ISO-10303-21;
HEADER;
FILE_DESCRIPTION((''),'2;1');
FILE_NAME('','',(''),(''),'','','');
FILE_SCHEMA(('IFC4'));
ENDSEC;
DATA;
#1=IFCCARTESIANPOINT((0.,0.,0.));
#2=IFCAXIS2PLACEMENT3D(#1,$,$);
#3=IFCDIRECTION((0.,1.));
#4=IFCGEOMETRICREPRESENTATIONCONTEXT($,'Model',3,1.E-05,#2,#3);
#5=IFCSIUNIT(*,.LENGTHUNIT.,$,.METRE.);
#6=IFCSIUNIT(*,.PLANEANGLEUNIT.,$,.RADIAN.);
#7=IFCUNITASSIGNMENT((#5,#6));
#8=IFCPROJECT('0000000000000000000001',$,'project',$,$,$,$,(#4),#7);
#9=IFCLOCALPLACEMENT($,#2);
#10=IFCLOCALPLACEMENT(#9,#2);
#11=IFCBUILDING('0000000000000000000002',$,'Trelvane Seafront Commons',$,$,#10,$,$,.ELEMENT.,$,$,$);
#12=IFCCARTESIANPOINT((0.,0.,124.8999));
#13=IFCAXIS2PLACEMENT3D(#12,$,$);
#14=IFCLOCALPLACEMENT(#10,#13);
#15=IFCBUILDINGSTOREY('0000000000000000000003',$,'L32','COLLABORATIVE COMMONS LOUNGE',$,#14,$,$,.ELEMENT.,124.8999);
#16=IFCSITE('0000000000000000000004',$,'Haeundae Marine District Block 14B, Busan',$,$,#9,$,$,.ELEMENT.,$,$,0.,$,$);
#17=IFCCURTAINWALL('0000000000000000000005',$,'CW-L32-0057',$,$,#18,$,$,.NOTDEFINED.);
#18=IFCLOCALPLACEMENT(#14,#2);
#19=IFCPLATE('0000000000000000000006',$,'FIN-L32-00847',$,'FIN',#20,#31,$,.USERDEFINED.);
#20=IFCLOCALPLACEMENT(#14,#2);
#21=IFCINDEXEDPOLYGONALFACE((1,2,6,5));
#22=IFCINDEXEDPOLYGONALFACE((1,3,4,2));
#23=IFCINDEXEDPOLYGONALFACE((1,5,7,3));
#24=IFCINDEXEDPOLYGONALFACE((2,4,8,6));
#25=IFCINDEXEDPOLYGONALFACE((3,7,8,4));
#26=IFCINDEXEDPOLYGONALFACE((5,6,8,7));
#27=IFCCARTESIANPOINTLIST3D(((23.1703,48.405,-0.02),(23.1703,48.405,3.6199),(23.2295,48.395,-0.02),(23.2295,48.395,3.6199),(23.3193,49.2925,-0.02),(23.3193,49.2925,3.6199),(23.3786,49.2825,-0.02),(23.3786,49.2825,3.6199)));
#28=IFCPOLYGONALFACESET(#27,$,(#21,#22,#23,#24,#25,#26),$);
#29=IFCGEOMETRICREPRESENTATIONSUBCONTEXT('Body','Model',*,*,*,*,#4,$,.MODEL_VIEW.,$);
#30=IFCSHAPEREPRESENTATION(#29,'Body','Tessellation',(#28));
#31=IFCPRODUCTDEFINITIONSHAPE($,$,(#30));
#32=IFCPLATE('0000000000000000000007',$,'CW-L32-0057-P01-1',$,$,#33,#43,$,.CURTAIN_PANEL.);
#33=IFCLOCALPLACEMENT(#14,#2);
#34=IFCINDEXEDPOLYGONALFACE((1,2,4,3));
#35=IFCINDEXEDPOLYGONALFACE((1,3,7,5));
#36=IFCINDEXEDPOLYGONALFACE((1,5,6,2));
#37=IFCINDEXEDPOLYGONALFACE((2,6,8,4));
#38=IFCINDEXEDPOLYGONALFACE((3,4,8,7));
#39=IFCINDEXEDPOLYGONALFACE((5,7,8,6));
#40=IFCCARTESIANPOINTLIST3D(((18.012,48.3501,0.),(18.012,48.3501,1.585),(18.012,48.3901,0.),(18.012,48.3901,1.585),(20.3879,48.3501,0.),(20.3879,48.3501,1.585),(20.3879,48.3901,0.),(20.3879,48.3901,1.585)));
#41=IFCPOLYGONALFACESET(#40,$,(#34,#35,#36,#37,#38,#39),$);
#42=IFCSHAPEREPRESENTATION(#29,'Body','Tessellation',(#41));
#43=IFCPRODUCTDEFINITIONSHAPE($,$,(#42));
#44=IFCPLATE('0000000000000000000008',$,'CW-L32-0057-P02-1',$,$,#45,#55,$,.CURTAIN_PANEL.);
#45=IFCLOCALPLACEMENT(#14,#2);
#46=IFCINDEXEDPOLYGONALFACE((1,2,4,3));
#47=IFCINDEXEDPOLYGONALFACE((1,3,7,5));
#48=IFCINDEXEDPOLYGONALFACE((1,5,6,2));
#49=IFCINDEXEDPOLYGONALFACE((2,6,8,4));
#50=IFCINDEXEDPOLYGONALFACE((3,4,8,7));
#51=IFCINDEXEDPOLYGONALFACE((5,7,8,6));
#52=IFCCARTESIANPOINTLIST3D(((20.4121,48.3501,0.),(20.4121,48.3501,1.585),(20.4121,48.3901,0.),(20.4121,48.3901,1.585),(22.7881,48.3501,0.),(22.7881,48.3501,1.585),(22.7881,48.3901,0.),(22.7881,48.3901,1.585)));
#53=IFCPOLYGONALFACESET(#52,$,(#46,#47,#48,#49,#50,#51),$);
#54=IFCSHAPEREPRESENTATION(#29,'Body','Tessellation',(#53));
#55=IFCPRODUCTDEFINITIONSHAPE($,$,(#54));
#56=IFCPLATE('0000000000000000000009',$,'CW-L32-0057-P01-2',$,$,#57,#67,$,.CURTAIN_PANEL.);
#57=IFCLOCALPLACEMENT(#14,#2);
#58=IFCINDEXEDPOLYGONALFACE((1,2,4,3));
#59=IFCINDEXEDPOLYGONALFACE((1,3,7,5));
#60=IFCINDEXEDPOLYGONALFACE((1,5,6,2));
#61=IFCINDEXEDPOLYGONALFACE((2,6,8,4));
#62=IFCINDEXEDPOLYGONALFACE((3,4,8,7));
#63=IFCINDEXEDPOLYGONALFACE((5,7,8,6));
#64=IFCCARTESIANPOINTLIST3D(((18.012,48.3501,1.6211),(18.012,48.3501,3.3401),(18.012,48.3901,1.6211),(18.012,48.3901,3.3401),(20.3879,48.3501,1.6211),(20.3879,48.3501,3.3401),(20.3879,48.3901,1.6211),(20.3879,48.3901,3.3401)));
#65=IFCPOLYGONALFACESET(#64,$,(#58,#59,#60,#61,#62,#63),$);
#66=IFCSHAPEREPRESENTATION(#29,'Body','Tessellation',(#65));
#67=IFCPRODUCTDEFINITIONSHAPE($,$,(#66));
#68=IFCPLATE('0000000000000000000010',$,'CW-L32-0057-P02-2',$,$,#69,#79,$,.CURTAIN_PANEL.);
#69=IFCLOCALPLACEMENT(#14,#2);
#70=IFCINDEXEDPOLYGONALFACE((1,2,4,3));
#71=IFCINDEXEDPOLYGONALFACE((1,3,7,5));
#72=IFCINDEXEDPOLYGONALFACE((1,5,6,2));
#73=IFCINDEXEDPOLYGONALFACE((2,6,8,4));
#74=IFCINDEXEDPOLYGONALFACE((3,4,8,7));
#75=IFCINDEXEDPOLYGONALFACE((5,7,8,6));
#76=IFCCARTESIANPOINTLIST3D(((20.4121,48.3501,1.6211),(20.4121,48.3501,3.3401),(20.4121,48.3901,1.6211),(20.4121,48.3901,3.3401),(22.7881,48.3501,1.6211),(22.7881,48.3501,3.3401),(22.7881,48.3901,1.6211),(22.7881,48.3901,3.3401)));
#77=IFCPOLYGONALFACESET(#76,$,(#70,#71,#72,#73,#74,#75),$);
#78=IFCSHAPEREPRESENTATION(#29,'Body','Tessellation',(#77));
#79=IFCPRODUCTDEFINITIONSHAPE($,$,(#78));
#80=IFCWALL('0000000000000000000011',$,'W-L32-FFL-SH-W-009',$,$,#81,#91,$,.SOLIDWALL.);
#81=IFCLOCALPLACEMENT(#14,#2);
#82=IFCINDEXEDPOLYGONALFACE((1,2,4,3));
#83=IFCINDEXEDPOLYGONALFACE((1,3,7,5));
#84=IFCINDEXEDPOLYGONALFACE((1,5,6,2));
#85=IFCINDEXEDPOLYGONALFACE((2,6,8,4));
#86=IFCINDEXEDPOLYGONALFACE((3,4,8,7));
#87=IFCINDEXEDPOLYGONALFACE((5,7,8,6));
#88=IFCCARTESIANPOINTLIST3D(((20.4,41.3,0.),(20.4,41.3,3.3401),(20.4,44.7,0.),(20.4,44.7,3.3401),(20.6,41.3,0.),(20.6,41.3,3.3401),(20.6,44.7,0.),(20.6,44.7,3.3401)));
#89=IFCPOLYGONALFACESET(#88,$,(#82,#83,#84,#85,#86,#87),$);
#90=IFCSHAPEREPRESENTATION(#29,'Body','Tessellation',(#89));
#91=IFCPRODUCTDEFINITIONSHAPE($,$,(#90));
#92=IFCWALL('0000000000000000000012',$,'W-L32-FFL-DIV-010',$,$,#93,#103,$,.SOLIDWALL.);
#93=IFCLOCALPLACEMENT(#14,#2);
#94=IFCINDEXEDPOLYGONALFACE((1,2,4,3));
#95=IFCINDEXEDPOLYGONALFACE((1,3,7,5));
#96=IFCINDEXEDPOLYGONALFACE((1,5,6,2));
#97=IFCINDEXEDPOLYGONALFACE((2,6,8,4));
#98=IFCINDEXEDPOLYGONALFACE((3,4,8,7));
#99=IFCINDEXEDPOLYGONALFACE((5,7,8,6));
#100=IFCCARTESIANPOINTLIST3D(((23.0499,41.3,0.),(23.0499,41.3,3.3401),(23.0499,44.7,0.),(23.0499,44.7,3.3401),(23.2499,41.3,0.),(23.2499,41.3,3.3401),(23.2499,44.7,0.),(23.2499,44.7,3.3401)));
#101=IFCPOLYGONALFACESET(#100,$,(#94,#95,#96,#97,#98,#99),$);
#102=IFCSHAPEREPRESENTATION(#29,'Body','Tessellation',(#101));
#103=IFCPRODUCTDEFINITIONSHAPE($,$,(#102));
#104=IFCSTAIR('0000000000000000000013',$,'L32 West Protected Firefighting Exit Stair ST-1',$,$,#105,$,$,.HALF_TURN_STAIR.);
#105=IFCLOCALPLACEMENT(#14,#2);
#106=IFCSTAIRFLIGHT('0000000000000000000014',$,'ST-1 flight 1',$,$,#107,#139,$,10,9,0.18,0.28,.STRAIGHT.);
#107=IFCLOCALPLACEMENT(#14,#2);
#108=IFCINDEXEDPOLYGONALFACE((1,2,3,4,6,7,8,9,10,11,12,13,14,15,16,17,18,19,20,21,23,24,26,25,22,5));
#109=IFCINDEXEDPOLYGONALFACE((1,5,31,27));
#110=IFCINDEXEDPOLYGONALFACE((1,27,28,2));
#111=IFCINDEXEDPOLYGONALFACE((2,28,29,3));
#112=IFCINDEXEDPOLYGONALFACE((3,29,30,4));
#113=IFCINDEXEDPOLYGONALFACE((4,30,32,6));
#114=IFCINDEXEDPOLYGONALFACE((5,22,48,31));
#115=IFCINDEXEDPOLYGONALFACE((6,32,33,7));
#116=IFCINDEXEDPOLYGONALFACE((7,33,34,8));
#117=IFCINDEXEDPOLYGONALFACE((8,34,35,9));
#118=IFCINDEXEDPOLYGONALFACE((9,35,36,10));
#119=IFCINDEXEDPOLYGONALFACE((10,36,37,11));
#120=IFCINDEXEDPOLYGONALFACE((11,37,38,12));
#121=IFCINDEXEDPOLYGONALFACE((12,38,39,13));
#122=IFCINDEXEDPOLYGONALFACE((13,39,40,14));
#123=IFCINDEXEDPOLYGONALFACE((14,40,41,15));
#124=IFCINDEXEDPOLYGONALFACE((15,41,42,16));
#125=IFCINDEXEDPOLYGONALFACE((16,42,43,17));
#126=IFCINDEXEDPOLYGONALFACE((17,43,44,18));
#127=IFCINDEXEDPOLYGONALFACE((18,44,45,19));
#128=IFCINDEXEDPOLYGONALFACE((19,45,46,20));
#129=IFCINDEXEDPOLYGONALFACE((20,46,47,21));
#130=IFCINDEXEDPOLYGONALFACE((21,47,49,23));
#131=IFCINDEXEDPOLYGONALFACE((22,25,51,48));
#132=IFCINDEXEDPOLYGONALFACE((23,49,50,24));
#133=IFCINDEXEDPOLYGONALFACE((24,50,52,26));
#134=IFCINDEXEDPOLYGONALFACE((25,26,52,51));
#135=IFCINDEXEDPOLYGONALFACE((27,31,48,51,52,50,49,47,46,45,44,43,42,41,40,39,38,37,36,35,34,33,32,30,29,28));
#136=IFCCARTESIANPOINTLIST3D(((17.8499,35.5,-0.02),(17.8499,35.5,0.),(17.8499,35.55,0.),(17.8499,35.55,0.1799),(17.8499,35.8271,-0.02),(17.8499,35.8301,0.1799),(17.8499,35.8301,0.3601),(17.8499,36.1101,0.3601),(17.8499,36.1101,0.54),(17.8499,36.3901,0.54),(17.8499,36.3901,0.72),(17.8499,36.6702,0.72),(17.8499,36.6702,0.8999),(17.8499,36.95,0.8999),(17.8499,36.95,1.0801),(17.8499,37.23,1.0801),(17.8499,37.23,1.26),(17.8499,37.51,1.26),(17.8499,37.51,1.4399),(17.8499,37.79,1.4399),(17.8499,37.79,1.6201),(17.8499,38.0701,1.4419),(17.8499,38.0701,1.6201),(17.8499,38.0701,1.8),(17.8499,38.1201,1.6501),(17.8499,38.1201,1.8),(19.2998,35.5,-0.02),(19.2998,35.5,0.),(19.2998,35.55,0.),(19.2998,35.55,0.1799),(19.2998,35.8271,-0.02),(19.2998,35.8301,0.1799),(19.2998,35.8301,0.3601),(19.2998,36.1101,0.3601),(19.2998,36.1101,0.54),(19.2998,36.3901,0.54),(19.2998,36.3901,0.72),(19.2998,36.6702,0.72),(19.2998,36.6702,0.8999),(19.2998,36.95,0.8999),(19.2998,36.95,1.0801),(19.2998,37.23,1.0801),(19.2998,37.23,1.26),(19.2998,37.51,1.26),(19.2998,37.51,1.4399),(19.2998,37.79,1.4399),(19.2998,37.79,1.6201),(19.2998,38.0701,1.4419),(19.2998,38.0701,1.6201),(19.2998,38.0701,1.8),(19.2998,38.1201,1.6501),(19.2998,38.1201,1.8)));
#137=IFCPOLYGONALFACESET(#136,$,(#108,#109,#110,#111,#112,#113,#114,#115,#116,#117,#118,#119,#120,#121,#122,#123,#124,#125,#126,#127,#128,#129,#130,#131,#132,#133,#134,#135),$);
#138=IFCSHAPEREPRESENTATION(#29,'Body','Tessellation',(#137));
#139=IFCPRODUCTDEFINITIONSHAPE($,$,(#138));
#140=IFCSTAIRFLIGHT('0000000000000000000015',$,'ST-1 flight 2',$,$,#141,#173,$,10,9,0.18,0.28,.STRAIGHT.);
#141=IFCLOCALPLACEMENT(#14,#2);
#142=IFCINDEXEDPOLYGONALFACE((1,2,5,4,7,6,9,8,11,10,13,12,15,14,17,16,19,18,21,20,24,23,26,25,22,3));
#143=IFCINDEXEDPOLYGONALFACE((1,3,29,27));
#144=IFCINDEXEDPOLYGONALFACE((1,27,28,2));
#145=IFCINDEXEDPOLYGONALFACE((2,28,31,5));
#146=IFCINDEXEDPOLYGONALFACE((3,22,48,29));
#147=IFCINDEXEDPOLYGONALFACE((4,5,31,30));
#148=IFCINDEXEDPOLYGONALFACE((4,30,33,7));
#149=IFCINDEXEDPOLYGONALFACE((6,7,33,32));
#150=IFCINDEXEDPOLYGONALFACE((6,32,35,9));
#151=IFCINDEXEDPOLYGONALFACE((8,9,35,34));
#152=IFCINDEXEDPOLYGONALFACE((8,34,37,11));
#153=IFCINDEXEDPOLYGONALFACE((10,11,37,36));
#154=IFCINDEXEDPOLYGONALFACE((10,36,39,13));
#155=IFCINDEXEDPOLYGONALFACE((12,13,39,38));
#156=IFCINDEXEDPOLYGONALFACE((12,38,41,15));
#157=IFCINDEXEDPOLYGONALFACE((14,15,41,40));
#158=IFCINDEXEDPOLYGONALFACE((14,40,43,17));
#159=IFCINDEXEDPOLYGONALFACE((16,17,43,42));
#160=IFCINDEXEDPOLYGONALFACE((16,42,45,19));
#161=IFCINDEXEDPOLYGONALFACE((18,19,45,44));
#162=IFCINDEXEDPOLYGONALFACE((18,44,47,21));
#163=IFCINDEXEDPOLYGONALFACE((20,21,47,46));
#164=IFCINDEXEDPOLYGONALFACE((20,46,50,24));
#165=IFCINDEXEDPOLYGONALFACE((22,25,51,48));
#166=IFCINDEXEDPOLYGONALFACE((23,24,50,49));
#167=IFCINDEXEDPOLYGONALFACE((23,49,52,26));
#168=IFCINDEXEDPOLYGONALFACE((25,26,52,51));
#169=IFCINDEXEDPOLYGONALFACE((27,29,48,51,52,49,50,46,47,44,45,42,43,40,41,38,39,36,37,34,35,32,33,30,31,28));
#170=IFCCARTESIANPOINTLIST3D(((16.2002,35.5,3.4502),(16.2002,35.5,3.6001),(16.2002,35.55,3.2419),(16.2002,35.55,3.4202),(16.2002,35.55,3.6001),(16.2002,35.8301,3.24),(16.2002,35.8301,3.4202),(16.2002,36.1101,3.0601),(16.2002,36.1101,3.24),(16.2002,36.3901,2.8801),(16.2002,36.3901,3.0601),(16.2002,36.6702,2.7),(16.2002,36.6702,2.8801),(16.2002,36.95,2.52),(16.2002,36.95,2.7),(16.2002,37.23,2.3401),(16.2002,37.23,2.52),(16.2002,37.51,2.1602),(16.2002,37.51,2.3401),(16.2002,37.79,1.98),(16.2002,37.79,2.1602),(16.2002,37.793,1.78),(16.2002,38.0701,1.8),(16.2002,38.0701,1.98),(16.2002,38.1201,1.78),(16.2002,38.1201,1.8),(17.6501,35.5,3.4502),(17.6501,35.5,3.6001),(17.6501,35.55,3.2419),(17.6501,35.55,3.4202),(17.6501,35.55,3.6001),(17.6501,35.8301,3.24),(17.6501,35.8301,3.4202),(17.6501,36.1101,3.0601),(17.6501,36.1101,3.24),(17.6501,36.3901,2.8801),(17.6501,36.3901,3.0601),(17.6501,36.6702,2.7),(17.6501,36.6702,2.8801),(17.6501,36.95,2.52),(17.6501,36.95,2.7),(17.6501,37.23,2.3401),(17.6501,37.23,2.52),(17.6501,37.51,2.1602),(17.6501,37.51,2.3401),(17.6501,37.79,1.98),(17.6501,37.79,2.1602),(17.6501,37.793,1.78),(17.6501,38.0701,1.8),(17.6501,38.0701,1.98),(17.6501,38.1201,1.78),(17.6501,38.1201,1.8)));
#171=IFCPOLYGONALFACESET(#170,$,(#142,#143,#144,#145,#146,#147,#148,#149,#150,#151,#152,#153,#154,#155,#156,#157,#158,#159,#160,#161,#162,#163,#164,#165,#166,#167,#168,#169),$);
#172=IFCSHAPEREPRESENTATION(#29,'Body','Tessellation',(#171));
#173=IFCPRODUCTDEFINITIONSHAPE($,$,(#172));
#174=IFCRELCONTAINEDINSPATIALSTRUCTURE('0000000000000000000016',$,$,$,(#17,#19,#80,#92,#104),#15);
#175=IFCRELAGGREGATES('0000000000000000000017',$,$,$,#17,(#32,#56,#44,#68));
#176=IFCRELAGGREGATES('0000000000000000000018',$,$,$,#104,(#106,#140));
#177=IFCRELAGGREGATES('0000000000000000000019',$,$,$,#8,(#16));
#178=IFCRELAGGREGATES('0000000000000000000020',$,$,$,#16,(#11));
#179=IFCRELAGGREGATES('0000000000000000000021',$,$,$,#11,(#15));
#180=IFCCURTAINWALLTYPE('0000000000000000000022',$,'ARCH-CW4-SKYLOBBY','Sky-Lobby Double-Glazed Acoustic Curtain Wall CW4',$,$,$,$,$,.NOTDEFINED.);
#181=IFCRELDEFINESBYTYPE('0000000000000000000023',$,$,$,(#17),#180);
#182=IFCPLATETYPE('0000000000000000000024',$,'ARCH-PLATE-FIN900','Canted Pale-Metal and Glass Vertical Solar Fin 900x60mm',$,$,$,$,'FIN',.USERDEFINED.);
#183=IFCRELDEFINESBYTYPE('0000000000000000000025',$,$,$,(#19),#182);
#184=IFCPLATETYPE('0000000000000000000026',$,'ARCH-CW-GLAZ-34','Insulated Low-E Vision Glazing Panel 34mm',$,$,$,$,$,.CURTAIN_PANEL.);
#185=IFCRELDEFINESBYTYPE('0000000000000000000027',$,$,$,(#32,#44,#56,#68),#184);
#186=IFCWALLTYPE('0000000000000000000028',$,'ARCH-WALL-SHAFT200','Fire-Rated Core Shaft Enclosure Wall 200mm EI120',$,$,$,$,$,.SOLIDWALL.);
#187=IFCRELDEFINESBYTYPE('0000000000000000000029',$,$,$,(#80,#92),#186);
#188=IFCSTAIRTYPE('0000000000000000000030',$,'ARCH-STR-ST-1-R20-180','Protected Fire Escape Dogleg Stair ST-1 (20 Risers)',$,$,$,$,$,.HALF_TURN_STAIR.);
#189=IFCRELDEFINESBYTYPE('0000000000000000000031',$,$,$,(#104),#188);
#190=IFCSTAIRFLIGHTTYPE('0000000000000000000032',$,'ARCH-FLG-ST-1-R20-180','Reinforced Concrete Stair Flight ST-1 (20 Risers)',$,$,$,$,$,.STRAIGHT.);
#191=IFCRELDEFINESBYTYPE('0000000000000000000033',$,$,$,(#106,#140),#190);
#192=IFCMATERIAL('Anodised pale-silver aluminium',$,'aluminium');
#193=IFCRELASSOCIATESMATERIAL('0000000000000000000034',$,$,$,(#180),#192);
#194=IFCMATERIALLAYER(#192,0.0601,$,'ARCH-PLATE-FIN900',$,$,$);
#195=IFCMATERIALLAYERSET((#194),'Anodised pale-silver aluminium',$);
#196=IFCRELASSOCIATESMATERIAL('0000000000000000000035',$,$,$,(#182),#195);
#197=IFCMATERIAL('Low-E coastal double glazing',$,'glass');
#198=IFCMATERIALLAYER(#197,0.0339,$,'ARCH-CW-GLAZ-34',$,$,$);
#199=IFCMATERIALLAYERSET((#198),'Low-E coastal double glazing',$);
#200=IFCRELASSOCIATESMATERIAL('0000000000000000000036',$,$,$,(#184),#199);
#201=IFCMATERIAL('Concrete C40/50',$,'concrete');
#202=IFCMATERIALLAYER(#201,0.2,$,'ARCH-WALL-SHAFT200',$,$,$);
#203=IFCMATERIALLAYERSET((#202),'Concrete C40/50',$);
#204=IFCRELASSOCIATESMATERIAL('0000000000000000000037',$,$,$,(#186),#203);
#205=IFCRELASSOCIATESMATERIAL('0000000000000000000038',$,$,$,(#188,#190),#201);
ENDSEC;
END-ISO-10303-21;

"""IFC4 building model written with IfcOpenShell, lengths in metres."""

from ifc_helpers import new_model, si_unit, direction, frame, frame_2d, origin, origin_2d, place, context, subcontext, project, spatial, polyline, rectangle, outline, extrude, source, transform, mapped, material, layer, layer_set, type_object, element, aggregate, save


model = new_model("IFC4")

# Units and contexts
model_context = context("Model", 3, precision=1e-05, world=origin(), true_north=direction((0.0, 1.0)))
body_context = subcontext(model_context, "Body", "Model", "MODEL_VIEW")
ifc_project = project(units=[si_unit("LENGTHUNIT", "METRE"), si_unit("PLANEANGLEUNIT", "RADIAN")], contexts=[model_context])

# Site, building, storey
site_placement = place(None, origin())
site = spatial("IfcSite", under=ifc_project, at=site_placement, Name="Haeundae Marine District Block 14B, Busan", CompositionType="ELEMENT", RefElevation=0.0)
building_placement = place(site_placement, origin())
building = spatial("IfcBuilding", under=site, at=building_placement, Name="Trelvane Seafront Commons", CompositionType="ELEMENT")
storey_placement = place(building_placement, frame((0.0, 0.0, 124.8999)))
storey = spatial("IfcBuildingStorey", under=building, at=storey_placement, Name="L32", Description="COLLABORATIVE COMMONS LOUNGE", CompositionType="ELEMENT", Elevation=124.8999)

# Curtain wall
ifc_material_1 = material(Name="Anodised pale-silver aluminium", Category="aluminium")
curtain_wall_type = type_object("IfcCurtainWallType", Name="ARCH-CW4-SKYLOBBY", Description="Sky-Lobby Double-Glazed Acoustic Curtain Wall CW4", PredefinedType="NOTDEFINED", material=ifc_material_1)
curtain_wall_placement = place(storey_placement, origin())
curtain_wall = element("IfcCurtainWall", 1, at=curtain_wall_placement, inside=storey, type_object=curtain_wall_type, Name="CW-L32-0057", PredefinedType="NOTDEFINED")

# Plate
ifc_layer_1 = layer(ifc_material_1, 0.0601, Name="ARCH-PLATE-FIN900")
ifc_layer_set_1 = layer_set([ifc_layer_1], Name="Anodised pale-silver aluminium")
plate_type_1 = type_object("IfcPlateType", Name="ARCH-PLATE-FIN900", Description="Canted Pale-Metal and Glass Vertical Solar Fin 900x60mm", ElementType="FIN", PredefinedType="USERDEFINED", material=ifc_layer_set_1)
shared_shape_1 = source(origin(), body_context, "Body", "SweptSolid", [
    extrude(rectangle(XDim=0.8999, YDim=0.0601, at=origin_2d()), origin(), (0.0, 0.0, 1.0), 3.6399),
])
for number, where, z_axis, x_axis, name in (
    (2, (23.2744, 48.8438, -0.02), (0.0, 0.0, 1.0), (0.16566, 0.986183, 0.0), "FIN-L32-00847"),
):
    element("IfcPlate", number, at=place(storey_placement, frame(where, z_axis=z_axis, x_axis=x_axis)), inside=storey, type_object=plate_type_1, Name=name, ObjectType="FIN", PredefinedType="USERDEFINED", context=body_context, shape_type="MappedRepresentation", body=[
        mapped(shared_shape_1, transform((0.0, 0.0, 0.0), x_axis=(1.0, 0.0, 0.0), y_axis=(0.0, 1.0, 0.0), z_axis=(0.0, 0.0, 1.0), scale=1.0)),
    ])

# Plates
ifc_material_2 = material(Name="Low-E coastal double glazing", Category="glass")
ifc_layer_2 = layer(ifc_material_2, 0.0339, Name="ARCH-CW-GLAZ-34")
ifc_layer_set_2 = layer_set([ifc_layer_2], Name="Low-E coastal double glazing")
plate_type_2 = type_object("IfcPlateType", Name="ARCH-CW-GLAZ-34", Description="Insulated Low-E Vision Glazing Panel 34mm", PredefinedType="CURTAIN_PANEL", material=ifc_layer_set_2)
shared_shape_2 = source(origin(), body_context, "Body", "SweptSolid", [
    extrude(rectangle(XDim=2.376, YDim=0.04, at=origin_2d()), origin(), (0.0, 0.0, 1.0), 1.585),
])
plate_1_placement = place(storey_placement, frame((19.2, 48.3701, 0.0), z_axis=(0.0, 0.0, 1.0), x_axis=(1.0, 0.0, 0.0)))
plate_1 = element("IfcPlate", 3, at=plate_1_placement, type_object=plate_type_2, Name="CW-L32-0057-P01-1", PredefinedType="CURTAIN_PANEL", context=body_context, shape_type="MappedRepresentation", body=[
    mapped(shared_shape_2, transform((0.0, 0.0, 0.0), x_axis=(1.0, 0.0, 0.0), y_axis=(0.0, 1.0, 0.0), z_axis=(0.0, 0.0, 1.0), scale=1.0)),
])
plate_2_placement = place(storey_placement, frame((21.6001, 48.3701, 0.0), z_axis=(0.0, 0.0, 1.0), x_axis=(1.0, 0.0, 0.0)))
plate_2 = element("IfcPlate", 4, at=plate_2_placement, type_object=plate_type_2, Name="CW-L32-0057-P02-1", PredefinedType="CURTAIN_PANEL", context=body_context, shape_type="MappedRepresentation", body=[
    mapped(shared_shape_2, transform((0.0, 0.0, 0.0), x_axis=(1.0, 0.0, 0.0), y_axis=(0.0, 1.0, 0.0), z_axis=(0.0, 0.0, 1.0), scale=1.0)),
])
shared_shape_3 = source(origin(), body_context, "Body", "SweptSolid", [
    extrude(rectangle(XDim=2.376, YDim=0.04, at=origin_2d()), origin(), (0.0, 0.0, 1.0), 1.719),
])
plate_3_placement = place(storey_placement, frame((19.2, 48.3701, 1.6211), z_axis=(0.0, 0.0, 1.0), x_axis=(1.0, 0.0, 0.0)))
plate_3 = element("IfcPlate", 5, at=plate_3_placement, type_object=plate_type_2, Name="CW-L32-0057-P01-2", PredefinedType="CURTAIN_PANEL", context=body_context, shape_type="MappedRepresentation", body=[
    mapped(shared_shape_3, transform((0.0, 0.0, 0.0), x_axis=(1.0, 0.0, 0.0), y_axis=(0.0, 1.0, 0.0), z_axis=(0.0, 0.0, 1.0), scale=1.0)),
])
plate_4_placement = place(storey_placement, frame((21.6001, 48.3701, 1.6211), z_axis=(0.0, 0.0, 1.0), x_axis=(1.0, 0.0, 0.0)))
plate_4 = element("IfcPlate", 6, at=plate_4_placement, type_object=plate_type_2, Name="CW-L32-0057-P02-2", PredefinedType="CURTAIN_PANEL", context=body_context, shape_type="MappedRepresentation", body=[
    mapped(shared_shape_3, transform((0.0, 0.0, 0.0), x_axis=(1.0, 0.0, 0.0), y_axis=(0.0, 1.0, 0.0), z_axis=(0.0, 0.0, 1.0), scale=1.0)),
])
aggregate(curtain_wall, [plate_1, plate_3, plate_2, plate_4])

# Shared definitions
ifc_material_3 = material(Name="Concrete C40/50", Category="concrete")
ifc_layer_3 = layer(ifc_material_3, 0.2, Name="ARCH-WALL-SHAFT200")
ifc_layer_set_3 = layer_set([ifc_layer_3], Name="Concrete C40/50")
wall_type = type_object("IfcWallType", Name="ARCH-WALL-SHAFT200", Description="Fire-Rated Core Shaft Enclosure Wall 200mm EI120", PredefinedType="SOLIDWALL", material=ifc_layer_set_3)

# Walls
for number, where, z_axis, x_axis, name in (
    (7, (20.5, 41.3, 0.0), (0.0, 0.0, 1.0), (0.0, 1.0, 0.0), "W-L32-FFL-SH-W-009"),
    (8, (23.1499, 41.3, 0.0), (0.0, 0.0, 1.0), (0.0, 1.0, 0.0), "W-L32-FFL-DIV-010"),
):
    element("IfcWall", number, at=place(storey_placement, frame(where, z_axis=z_axis, x_axis=x_axis)), inside=storey, type_object=wall_type, Name=name, PredefinedType="SOLIDWALL", context=body_context, shape_type="SweptSolid", body=[
        extrude(rectangle(XDim=3.3999, YDim=0.2, at=frame_2d((1.7, 0.0))), origin(), (0.0, 0.0, 1.0), 3.3401),
    ])

# Stair, stair flights
stair_type = type_object("IfcStairType", Name="ARCH-STR-ST-1-R20-180", Description="Protected Fire Escape Dogleg Stair ST-1 (20 Risers)", PredefinedType="HALF_TURN_STAIR", material=ifc_material_3)
stair_placement = place(storey_placement, origin())
stair = element("IfcStair", 9, at=stair_placement, inside=storey, type_object=stair_type, Name="L32 West Protected Firefighting Exit Stair ST-1", PredefinedType="HALF_TURN_STAIR")
stair_flight_type = type_object("IfcStairFlightType", Name="ARCH-FLG-ST-1-R20-180", Description="Reinforced Concrete Stair Flight ST-1 (20 Risers)", PredefinedType="STRAIGHT", material=ifc_material_3)
shared_shape_4 = source(origin(), body_context, "Body", "SweptSolid", [
    extrude(outline(polyline([(-0.05, -0.02), (-0.05, 0.0), (0.0, 0.0), (0.0, 0.1799), (0.28, 0.1799), (0.28, 0.3601), (0.5601, 0.3601), (0.5601, 0.54), (0.8401, 0.54), (0.8401, 0.72), (1.1201, 0.72), (1.1201, 0.8999), (1.3999, 0.8999), (1.3999, 1.0801), (1.6799, 1.0801), (1.6799, 1.26), (1.96, 1.26), (1.96, 1.4399), (2.24, 1.4399), (2.24, 1.6201), (2.52, 1.6201), (2.52, 1.8), (2.5701, 1.8), (2.5701, 1.6501), (2.52, 1.4419), (0.2771, -0.02), (-0.05, -0.02)])), frame((0.0, 0.7251, 0.0), z_axis=(0.0, -1.0, 0.0), x_axis=(1.0, 0.0, 0.0)), (0.0, 0.0, 1.0), 1.45),
])
stair_flight_1_placement = place(storey_placement, frame((18.575, 35.55, 0.0), z_axis=(0.0, 0.0, 1.0), x_axis=(0.0, 1.0, 0.0)))
stair_flight_1 = element("IfcStairFlight", 10, at=stair_flight_1_placement, type_object=stair_flight_type, Name="ST-1 flight 1", NumberOfRisers=10, NumberOfTreads=9, PredefinedType="STRAIGHT", RiserHeight=0.18, TreadLength=0.28, context=body_context, shape_type="MappedRepresentation", body=[
    mapped(shared_shape_4, transform((0.0, 0.0, 0.0), x_axis=(1.0, 0.0, 0.0), y_axis=(0.0, 1.0, 0.0), z_axis=(0.0, 0.0, 1.0), scale=1.0)),
])
stair_flight_2_placement = place(storey_placement, frame((16.925, 38.0701, 1.8), z_axis=(0.0, 0.0, 1.0), x_axis=(0.0, -1.0, 0.0)))
stair_flight_2 = element("IfcStairFlight", 11, at=stair_flight_2_placement, type_object=stair_flight_type, Name="ST-1 flight 2", NumberOfRisers=10, NumberOfTreads=9, PredefinedType="STRAIGHT", RiserHeight=0.18, TreadLength=0.28, context=body_context, shape_type="MappedRepresentation", body=[
    mapped(shared_shape_4, transform((0.0, 0.0, 0.0), x_axis=(1.0, 0.0, 0.0), y_axis=(0.0, 1.0, 0.0), z_axis=(0.0, 0.0, 1.0), scale=1.0)),
])
aggregate(stair, [stair_flight_1, stair_flight_2])

save(model, "model.ifc")
